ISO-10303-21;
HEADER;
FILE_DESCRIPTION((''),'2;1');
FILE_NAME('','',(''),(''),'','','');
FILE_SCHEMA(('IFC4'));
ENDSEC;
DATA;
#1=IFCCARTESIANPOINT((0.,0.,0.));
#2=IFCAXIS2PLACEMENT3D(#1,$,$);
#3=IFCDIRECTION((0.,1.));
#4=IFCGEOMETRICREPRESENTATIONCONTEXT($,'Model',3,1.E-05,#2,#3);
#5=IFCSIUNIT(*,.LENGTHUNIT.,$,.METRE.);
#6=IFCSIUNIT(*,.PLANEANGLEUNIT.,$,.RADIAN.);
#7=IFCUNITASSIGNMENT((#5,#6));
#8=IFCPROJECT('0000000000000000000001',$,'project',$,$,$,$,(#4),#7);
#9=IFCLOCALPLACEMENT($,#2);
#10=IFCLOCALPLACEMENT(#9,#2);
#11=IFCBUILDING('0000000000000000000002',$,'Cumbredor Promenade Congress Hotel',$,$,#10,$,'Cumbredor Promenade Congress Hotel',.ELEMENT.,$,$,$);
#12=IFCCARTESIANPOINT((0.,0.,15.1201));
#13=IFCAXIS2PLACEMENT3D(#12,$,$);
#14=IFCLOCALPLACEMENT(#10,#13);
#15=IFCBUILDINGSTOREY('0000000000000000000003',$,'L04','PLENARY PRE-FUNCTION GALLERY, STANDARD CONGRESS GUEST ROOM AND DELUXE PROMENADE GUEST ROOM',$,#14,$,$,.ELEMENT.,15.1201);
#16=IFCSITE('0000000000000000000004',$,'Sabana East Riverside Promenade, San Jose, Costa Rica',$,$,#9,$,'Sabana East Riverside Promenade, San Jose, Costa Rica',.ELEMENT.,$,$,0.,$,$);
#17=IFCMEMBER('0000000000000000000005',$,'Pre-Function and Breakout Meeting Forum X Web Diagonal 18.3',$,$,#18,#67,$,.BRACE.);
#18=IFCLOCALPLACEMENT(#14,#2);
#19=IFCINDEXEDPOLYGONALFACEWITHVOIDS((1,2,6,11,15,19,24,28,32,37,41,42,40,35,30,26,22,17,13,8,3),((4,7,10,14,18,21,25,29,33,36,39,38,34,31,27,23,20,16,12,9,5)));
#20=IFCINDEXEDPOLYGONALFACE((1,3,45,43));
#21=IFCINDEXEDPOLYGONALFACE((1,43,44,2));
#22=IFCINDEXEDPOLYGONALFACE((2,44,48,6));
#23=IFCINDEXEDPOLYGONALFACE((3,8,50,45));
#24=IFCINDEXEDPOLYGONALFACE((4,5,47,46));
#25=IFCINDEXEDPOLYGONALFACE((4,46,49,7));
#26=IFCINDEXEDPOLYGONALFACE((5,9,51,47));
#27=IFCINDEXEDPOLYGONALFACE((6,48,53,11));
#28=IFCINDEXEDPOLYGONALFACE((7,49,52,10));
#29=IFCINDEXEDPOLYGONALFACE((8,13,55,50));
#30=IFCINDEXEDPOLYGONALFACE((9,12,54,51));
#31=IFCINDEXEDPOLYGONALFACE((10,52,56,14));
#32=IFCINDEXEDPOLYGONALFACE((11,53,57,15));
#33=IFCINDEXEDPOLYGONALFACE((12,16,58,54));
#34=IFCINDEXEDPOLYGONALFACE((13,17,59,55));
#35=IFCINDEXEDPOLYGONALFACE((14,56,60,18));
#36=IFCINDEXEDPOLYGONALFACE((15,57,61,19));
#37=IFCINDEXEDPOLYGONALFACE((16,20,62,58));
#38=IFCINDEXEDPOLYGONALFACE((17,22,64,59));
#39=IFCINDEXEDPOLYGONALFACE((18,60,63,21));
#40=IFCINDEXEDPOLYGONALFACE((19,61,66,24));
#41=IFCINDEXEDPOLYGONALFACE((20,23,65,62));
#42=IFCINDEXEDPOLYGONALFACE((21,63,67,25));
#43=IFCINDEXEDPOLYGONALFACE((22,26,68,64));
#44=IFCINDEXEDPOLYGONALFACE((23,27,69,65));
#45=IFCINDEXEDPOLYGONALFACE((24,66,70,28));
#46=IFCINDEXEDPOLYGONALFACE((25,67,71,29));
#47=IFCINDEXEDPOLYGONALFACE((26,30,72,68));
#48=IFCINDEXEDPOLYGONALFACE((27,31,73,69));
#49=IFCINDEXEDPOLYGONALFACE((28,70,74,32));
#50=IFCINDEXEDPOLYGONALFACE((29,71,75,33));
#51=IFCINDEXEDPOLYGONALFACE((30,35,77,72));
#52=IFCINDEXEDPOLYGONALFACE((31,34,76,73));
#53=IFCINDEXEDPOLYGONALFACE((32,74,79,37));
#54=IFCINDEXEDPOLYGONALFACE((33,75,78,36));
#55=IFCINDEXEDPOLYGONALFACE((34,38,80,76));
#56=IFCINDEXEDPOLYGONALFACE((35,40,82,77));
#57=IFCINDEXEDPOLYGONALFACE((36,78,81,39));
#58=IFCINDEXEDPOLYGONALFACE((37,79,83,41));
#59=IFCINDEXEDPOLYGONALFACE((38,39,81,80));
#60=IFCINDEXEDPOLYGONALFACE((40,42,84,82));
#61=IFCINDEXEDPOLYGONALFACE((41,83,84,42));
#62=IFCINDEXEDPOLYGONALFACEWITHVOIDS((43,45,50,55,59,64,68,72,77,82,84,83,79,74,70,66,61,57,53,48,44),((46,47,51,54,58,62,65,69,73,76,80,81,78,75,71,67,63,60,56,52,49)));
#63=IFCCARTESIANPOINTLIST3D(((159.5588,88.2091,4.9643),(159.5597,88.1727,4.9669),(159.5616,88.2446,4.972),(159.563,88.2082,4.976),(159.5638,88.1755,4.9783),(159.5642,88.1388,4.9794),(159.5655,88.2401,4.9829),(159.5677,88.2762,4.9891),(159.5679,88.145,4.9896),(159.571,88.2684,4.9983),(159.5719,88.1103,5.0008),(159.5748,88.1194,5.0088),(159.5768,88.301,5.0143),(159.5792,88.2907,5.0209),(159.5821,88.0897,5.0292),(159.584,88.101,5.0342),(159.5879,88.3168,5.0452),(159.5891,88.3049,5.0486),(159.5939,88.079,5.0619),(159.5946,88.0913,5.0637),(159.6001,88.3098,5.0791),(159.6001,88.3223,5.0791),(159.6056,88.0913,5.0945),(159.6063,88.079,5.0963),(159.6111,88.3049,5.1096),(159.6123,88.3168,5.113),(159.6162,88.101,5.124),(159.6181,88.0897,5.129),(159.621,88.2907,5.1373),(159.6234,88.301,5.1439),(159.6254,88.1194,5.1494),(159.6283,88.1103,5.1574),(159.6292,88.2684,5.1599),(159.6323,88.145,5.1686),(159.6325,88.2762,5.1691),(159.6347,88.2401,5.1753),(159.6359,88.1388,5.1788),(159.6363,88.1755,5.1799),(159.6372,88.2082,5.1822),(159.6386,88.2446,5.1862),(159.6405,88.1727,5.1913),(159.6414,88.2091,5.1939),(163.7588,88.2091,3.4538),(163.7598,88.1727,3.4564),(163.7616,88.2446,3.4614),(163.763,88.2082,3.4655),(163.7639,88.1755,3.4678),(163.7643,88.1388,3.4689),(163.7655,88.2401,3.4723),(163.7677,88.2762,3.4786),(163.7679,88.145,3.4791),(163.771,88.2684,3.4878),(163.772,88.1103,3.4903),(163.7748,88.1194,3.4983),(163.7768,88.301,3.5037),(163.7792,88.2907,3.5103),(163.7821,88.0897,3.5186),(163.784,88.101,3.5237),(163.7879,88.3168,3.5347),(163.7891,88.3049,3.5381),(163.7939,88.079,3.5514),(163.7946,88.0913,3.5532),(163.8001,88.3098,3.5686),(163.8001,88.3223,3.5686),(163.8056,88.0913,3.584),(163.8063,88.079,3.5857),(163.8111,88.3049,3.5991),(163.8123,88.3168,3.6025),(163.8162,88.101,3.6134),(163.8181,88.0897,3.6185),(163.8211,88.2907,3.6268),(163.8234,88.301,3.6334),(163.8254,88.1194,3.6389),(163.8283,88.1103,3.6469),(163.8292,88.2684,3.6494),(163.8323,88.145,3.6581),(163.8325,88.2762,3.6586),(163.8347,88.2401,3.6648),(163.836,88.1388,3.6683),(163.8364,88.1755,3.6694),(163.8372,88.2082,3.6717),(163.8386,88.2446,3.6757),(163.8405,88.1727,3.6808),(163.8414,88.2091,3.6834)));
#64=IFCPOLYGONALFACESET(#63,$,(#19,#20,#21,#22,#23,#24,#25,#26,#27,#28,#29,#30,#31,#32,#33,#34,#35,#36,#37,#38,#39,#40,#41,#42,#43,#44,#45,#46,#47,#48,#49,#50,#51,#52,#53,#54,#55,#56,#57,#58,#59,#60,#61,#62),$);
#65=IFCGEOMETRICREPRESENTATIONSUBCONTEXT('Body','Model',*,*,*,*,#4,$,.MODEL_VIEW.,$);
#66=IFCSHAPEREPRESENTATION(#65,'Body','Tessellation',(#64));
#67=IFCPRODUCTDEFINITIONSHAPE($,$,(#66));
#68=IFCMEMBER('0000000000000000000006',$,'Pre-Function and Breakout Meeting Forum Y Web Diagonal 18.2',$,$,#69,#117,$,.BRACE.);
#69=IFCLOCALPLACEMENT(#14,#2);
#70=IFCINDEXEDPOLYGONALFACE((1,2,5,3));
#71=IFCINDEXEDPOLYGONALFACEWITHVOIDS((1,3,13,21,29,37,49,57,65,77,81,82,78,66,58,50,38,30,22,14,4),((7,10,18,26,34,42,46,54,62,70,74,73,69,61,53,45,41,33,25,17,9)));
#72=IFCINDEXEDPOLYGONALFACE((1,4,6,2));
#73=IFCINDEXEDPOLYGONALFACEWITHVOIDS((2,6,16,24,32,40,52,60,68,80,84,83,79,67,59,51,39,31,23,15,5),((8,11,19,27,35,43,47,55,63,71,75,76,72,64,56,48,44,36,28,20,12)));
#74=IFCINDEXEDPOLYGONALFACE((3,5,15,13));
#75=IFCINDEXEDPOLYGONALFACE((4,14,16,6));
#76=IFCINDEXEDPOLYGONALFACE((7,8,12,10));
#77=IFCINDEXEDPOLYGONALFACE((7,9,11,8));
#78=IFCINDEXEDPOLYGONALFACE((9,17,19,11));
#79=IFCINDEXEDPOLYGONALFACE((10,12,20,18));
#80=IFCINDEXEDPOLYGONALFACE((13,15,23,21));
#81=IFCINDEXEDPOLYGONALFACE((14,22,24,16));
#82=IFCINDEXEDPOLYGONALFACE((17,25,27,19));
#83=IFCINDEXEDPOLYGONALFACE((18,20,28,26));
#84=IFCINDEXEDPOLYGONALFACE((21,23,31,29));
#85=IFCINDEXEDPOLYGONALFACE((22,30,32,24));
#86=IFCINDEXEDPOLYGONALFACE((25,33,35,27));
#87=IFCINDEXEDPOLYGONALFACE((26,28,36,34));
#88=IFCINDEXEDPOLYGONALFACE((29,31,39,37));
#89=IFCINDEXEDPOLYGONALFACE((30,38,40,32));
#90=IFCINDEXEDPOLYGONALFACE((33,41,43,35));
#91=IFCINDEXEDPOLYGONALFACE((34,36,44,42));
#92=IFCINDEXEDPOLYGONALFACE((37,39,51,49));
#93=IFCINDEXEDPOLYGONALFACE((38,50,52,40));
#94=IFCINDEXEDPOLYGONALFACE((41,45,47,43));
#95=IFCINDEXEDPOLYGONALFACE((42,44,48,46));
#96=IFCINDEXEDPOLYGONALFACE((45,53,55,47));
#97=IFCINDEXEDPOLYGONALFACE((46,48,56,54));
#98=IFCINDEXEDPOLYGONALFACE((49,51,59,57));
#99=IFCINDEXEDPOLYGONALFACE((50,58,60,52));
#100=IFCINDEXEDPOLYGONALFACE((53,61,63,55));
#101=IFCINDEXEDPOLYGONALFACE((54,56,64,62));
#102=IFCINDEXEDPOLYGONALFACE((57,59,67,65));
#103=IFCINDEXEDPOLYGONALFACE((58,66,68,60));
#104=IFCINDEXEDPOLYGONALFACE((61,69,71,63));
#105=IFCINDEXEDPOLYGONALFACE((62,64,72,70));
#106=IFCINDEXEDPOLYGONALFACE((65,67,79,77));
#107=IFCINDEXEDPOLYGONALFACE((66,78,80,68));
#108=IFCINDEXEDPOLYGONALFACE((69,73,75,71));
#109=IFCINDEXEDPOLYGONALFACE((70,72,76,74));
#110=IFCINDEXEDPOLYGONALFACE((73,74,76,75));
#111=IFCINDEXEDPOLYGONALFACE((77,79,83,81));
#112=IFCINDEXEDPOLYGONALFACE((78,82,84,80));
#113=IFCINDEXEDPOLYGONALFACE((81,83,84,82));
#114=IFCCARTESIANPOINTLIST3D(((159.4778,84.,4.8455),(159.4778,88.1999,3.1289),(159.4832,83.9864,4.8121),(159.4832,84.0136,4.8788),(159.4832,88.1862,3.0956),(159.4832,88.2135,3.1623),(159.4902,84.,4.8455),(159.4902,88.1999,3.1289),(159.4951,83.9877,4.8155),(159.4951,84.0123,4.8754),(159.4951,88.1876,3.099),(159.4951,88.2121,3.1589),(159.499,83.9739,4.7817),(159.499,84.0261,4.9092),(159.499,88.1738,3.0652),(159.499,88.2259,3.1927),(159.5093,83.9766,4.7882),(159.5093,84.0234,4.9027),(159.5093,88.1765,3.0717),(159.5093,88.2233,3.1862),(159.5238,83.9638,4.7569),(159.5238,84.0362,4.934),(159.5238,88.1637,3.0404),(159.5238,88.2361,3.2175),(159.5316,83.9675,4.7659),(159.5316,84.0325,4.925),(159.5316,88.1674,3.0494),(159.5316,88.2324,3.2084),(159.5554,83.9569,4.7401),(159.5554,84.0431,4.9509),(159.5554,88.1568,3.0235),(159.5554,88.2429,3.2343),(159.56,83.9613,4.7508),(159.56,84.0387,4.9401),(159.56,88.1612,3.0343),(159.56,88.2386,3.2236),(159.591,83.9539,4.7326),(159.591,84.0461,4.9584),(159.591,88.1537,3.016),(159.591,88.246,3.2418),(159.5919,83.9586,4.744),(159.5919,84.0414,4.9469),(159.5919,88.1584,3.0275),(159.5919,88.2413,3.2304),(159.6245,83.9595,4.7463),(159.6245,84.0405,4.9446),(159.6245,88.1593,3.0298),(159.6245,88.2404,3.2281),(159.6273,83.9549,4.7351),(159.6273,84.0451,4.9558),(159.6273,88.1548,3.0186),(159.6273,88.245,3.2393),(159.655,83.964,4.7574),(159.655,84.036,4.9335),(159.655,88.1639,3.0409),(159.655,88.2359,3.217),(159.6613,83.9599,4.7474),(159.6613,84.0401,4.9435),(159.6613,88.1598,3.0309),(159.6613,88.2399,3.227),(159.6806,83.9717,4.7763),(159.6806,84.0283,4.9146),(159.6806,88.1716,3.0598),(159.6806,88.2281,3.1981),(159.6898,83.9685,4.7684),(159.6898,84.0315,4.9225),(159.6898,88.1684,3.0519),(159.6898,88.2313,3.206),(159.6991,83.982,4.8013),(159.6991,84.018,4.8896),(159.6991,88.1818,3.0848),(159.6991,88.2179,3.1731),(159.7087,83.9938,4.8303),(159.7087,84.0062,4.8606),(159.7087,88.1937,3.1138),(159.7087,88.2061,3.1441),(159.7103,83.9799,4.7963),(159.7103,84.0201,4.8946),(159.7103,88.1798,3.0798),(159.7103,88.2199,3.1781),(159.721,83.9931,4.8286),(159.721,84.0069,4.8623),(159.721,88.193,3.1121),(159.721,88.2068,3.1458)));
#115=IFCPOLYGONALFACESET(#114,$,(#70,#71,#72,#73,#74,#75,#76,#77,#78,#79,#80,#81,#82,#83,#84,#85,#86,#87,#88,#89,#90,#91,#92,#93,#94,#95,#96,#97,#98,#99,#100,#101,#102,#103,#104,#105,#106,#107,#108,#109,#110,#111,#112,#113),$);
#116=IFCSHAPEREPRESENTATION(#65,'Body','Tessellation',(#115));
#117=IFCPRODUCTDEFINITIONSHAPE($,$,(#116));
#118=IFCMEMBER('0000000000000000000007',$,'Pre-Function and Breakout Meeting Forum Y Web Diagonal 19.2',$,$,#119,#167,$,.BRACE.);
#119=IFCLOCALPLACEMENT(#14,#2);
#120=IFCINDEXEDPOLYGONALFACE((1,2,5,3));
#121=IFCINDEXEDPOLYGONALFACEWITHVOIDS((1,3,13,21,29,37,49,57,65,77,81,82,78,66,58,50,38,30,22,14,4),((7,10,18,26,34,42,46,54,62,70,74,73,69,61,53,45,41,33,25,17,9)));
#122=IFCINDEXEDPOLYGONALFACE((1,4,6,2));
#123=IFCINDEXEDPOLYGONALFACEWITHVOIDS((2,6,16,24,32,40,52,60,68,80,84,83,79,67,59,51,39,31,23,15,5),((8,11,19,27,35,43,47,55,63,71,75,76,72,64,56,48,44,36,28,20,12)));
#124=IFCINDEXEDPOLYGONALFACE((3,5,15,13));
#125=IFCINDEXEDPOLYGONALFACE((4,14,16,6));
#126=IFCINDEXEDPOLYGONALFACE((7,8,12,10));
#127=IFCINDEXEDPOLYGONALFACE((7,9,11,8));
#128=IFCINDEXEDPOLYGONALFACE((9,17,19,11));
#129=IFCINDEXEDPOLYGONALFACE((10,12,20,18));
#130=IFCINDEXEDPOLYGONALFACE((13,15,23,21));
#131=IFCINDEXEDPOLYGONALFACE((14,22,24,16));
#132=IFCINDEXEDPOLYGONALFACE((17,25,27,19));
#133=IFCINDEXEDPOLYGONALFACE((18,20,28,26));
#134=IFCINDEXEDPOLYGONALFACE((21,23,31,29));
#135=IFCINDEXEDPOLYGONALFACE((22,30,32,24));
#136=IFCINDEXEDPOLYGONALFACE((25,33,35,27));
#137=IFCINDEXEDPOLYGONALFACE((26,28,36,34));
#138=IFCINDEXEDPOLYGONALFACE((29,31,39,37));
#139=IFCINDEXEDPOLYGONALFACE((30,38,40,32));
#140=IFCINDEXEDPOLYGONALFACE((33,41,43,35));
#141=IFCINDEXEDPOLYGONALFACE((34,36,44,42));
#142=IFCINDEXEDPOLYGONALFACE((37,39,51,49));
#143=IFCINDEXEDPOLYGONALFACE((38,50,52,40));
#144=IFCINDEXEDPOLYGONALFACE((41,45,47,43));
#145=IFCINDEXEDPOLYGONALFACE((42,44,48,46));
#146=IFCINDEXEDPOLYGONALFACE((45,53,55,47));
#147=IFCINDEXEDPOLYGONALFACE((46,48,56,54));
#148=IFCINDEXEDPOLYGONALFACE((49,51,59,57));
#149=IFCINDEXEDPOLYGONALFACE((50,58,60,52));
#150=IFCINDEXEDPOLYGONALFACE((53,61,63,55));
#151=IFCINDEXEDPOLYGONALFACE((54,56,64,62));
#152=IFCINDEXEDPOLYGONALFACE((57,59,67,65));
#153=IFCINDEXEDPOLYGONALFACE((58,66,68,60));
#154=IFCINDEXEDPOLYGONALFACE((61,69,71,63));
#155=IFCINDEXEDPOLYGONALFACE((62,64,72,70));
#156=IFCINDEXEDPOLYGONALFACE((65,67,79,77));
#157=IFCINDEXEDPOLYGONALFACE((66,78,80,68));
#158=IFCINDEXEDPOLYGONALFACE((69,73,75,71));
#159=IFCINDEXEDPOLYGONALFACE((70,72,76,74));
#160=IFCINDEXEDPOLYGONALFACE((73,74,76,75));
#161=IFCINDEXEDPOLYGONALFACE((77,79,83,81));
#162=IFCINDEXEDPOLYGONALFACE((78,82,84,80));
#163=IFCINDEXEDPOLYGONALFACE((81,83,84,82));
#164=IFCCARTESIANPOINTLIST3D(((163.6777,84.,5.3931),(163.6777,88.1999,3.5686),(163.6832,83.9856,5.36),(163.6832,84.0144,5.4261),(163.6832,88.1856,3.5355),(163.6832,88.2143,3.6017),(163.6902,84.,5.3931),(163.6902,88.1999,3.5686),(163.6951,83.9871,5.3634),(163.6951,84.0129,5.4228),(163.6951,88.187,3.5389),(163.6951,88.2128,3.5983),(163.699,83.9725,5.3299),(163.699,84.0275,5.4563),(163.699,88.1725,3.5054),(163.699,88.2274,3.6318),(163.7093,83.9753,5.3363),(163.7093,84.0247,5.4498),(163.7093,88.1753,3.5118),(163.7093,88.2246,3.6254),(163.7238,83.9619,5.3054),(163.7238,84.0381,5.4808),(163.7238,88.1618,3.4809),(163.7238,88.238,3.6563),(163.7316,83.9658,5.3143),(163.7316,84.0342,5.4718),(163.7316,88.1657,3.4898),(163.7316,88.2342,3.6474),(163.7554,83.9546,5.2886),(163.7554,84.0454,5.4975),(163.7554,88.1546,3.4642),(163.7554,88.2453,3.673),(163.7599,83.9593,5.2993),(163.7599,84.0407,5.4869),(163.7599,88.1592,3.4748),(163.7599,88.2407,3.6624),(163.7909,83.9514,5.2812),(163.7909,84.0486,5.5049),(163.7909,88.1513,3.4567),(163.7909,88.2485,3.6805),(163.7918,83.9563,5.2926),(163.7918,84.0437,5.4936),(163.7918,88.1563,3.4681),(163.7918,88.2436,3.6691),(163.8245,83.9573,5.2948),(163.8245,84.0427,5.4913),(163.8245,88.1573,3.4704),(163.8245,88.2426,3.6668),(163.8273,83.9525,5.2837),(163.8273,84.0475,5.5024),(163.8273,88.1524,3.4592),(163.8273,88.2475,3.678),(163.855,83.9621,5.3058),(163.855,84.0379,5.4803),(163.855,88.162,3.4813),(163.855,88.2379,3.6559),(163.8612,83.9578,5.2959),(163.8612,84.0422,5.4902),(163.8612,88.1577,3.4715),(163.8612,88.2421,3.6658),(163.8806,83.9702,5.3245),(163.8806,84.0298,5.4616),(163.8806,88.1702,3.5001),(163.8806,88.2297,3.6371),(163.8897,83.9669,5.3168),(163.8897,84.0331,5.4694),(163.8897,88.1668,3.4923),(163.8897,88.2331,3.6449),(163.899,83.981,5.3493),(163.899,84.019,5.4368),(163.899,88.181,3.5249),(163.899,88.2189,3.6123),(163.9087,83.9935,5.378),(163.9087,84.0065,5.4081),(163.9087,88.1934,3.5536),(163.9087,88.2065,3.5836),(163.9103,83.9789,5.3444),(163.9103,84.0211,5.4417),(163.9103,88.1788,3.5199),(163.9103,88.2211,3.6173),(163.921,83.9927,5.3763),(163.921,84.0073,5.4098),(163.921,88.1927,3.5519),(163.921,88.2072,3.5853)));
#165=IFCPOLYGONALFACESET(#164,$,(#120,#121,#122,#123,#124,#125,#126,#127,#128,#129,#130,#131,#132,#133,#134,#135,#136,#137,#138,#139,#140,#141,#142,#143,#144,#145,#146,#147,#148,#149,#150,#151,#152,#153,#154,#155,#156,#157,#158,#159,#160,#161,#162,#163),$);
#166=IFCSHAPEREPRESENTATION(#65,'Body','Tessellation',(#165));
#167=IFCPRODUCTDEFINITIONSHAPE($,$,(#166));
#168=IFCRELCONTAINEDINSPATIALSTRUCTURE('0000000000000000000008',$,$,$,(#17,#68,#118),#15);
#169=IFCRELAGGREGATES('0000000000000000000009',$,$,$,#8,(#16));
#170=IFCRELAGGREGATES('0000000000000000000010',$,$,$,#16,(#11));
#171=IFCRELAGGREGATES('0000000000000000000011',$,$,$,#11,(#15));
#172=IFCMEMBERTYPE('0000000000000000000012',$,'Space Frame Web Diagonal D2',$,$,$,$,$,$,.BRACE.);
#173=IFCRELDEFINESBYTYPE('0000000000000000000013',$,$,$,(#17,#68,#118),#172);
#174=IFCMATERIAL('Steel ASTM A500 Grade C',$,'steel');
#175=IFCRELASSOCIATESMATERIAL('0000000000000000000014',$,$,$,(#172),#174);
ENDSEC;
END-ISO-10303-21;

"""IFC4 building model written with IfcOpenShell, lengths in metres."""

from ifc_helpers import new_model, si_unit, direction, frame, origin, origin_2d, place, context, subcontext, project, spatial, hollow_circle, extrude, material, material_profile, profile_set, type_object, element, save


model = new_model("IFC4")

# Units and contexts
model_context = context("Model", 3, precision=1e-05, world=origin(), true_north=direction((0.0, 1.0)))
body_context = subcontext(model_context, "Body", "Model", "MODEL_VIEW")
ifc_project = project(units=[si_unit("LENGTHUNIT", "METRE"), si_unit("PLANEANGLEUNIT", "RADIAN")], contexts=[model_context])

# Site, building, storey
site_placement = place(None, origin())
site = spatial("IfcSite", under=ifc_project, at=site_placement, Name="Sabana East Riverside Promenade, San Jose, Costa Rica", LongName="Sabana East Riverside Promenade, San Jose, Costa Rica", CompositionType="ELEMENT", RefElevation=0.0)
building_placement = place(site_placement, origin())
building = spatial("IfcBuilding", under=site, at=building_placement, Name="Cumbredor Promenade Congress Hotel", LongName="Cumbredor Promenade Congress Hotel", CompositionType="ELEMENT")
storey_placement = place(building_placement, frame((0.0, 0.0, 15.1201)))
storey = spatial("IfcBuildingStorey", under=building, at=storey_placement, Name="L04", Description="PLENARY PRE-FUNCTION GALLERY, STANDARD CONGRESS GUEST ROOM AND DELUXE PROMENADE GUEST ROOM", CompositionType="ELEMENT", Elevation=15.1201)

# Members
ifc_material_1 = material(Name="Steel ASTM A500 Grade C", Category="steel")
ifc_material_profile_1 = material_profile(ifc_material_1, hollow_circle(Radius=0.1223, WallThickness=0.0125, at=origin_2d()), Name="CHS 244.5x12.5")
ifc_profile_set_1 = profile_set([ifc_material_profile_1], Name="Steel ASTM A500 Grade C")
member_type_1 = type_object("IfcMemberType", Name="Space Frame Web Diagonal D2", PredefinedType="BRACE", material=ifc_profile_set_1)
member_1_placement = place(storey_placement, frame((159.6001, 88.2, 5.0791), z_axis=(0.940993, 0.0, -0.338425), x_axis=(0.0, 1.0, 0.0)))
element("IfcMember", 1, at=member_1_placement, inside=storey, type_object=member_type_1, Name="Pre-Function and Breakout Meeting Forum X Web Diagonal 18.3", PredefinedType="BRACE", context=body_context, shape_type="SweptSolid", body=[
    extrude(hollow_circle(Radius=0.1223, WallThickness=0.0125, at=origin_2d()), origin(), (0.0, 0.0, 1.0), 4.4634),
])
member_2_placement = place(storey_placement, frame((159.6001, 84.0, 4.8455), z_axis=(0.0, 0.925671, -0.378329), x_axis=(-1.0, 0.0, 0.0)))
element("IfcMember", 2, at=member_2_placement, inside=storey, type_object=member_type_1, Name="Pre-Function and Breakout Meeting Forum Y Web Diagonal 18.2", PredefinedType="BRACE", context=body_context, shape_type="SweptSolid", body=[
    extrude(hollow_circle(Radius=0.1223, WallThickness=0.0125, at=origin_2d()), origin(), (0.0, 0.0, 1.0), 4.5371),
])
member_3_placement = place(storey_placement, frame((163.8, 84.0, 5.3931), z_axis=(0.0, 0.917198, -0.398432), x_axis=(-1.0, 0.0, 0.0)))
element("IfcMember", 3, at=member_3_placement, inside=storey, type_object=member_type_1, Name="Pre-Function and Breakout Meeting Forum Y Web Diagonal 19.2", PredefinedType="BRACE", context=body_context, shape_type="SweptSolid", body=[
    extrude(hollow_circle(Radius=0.1223, WallThickness=0.0125, at=origin_2d()), origin(), (0.0, 0.0, 1.0), 4.5791),
])

save(model, "model.ifc")
